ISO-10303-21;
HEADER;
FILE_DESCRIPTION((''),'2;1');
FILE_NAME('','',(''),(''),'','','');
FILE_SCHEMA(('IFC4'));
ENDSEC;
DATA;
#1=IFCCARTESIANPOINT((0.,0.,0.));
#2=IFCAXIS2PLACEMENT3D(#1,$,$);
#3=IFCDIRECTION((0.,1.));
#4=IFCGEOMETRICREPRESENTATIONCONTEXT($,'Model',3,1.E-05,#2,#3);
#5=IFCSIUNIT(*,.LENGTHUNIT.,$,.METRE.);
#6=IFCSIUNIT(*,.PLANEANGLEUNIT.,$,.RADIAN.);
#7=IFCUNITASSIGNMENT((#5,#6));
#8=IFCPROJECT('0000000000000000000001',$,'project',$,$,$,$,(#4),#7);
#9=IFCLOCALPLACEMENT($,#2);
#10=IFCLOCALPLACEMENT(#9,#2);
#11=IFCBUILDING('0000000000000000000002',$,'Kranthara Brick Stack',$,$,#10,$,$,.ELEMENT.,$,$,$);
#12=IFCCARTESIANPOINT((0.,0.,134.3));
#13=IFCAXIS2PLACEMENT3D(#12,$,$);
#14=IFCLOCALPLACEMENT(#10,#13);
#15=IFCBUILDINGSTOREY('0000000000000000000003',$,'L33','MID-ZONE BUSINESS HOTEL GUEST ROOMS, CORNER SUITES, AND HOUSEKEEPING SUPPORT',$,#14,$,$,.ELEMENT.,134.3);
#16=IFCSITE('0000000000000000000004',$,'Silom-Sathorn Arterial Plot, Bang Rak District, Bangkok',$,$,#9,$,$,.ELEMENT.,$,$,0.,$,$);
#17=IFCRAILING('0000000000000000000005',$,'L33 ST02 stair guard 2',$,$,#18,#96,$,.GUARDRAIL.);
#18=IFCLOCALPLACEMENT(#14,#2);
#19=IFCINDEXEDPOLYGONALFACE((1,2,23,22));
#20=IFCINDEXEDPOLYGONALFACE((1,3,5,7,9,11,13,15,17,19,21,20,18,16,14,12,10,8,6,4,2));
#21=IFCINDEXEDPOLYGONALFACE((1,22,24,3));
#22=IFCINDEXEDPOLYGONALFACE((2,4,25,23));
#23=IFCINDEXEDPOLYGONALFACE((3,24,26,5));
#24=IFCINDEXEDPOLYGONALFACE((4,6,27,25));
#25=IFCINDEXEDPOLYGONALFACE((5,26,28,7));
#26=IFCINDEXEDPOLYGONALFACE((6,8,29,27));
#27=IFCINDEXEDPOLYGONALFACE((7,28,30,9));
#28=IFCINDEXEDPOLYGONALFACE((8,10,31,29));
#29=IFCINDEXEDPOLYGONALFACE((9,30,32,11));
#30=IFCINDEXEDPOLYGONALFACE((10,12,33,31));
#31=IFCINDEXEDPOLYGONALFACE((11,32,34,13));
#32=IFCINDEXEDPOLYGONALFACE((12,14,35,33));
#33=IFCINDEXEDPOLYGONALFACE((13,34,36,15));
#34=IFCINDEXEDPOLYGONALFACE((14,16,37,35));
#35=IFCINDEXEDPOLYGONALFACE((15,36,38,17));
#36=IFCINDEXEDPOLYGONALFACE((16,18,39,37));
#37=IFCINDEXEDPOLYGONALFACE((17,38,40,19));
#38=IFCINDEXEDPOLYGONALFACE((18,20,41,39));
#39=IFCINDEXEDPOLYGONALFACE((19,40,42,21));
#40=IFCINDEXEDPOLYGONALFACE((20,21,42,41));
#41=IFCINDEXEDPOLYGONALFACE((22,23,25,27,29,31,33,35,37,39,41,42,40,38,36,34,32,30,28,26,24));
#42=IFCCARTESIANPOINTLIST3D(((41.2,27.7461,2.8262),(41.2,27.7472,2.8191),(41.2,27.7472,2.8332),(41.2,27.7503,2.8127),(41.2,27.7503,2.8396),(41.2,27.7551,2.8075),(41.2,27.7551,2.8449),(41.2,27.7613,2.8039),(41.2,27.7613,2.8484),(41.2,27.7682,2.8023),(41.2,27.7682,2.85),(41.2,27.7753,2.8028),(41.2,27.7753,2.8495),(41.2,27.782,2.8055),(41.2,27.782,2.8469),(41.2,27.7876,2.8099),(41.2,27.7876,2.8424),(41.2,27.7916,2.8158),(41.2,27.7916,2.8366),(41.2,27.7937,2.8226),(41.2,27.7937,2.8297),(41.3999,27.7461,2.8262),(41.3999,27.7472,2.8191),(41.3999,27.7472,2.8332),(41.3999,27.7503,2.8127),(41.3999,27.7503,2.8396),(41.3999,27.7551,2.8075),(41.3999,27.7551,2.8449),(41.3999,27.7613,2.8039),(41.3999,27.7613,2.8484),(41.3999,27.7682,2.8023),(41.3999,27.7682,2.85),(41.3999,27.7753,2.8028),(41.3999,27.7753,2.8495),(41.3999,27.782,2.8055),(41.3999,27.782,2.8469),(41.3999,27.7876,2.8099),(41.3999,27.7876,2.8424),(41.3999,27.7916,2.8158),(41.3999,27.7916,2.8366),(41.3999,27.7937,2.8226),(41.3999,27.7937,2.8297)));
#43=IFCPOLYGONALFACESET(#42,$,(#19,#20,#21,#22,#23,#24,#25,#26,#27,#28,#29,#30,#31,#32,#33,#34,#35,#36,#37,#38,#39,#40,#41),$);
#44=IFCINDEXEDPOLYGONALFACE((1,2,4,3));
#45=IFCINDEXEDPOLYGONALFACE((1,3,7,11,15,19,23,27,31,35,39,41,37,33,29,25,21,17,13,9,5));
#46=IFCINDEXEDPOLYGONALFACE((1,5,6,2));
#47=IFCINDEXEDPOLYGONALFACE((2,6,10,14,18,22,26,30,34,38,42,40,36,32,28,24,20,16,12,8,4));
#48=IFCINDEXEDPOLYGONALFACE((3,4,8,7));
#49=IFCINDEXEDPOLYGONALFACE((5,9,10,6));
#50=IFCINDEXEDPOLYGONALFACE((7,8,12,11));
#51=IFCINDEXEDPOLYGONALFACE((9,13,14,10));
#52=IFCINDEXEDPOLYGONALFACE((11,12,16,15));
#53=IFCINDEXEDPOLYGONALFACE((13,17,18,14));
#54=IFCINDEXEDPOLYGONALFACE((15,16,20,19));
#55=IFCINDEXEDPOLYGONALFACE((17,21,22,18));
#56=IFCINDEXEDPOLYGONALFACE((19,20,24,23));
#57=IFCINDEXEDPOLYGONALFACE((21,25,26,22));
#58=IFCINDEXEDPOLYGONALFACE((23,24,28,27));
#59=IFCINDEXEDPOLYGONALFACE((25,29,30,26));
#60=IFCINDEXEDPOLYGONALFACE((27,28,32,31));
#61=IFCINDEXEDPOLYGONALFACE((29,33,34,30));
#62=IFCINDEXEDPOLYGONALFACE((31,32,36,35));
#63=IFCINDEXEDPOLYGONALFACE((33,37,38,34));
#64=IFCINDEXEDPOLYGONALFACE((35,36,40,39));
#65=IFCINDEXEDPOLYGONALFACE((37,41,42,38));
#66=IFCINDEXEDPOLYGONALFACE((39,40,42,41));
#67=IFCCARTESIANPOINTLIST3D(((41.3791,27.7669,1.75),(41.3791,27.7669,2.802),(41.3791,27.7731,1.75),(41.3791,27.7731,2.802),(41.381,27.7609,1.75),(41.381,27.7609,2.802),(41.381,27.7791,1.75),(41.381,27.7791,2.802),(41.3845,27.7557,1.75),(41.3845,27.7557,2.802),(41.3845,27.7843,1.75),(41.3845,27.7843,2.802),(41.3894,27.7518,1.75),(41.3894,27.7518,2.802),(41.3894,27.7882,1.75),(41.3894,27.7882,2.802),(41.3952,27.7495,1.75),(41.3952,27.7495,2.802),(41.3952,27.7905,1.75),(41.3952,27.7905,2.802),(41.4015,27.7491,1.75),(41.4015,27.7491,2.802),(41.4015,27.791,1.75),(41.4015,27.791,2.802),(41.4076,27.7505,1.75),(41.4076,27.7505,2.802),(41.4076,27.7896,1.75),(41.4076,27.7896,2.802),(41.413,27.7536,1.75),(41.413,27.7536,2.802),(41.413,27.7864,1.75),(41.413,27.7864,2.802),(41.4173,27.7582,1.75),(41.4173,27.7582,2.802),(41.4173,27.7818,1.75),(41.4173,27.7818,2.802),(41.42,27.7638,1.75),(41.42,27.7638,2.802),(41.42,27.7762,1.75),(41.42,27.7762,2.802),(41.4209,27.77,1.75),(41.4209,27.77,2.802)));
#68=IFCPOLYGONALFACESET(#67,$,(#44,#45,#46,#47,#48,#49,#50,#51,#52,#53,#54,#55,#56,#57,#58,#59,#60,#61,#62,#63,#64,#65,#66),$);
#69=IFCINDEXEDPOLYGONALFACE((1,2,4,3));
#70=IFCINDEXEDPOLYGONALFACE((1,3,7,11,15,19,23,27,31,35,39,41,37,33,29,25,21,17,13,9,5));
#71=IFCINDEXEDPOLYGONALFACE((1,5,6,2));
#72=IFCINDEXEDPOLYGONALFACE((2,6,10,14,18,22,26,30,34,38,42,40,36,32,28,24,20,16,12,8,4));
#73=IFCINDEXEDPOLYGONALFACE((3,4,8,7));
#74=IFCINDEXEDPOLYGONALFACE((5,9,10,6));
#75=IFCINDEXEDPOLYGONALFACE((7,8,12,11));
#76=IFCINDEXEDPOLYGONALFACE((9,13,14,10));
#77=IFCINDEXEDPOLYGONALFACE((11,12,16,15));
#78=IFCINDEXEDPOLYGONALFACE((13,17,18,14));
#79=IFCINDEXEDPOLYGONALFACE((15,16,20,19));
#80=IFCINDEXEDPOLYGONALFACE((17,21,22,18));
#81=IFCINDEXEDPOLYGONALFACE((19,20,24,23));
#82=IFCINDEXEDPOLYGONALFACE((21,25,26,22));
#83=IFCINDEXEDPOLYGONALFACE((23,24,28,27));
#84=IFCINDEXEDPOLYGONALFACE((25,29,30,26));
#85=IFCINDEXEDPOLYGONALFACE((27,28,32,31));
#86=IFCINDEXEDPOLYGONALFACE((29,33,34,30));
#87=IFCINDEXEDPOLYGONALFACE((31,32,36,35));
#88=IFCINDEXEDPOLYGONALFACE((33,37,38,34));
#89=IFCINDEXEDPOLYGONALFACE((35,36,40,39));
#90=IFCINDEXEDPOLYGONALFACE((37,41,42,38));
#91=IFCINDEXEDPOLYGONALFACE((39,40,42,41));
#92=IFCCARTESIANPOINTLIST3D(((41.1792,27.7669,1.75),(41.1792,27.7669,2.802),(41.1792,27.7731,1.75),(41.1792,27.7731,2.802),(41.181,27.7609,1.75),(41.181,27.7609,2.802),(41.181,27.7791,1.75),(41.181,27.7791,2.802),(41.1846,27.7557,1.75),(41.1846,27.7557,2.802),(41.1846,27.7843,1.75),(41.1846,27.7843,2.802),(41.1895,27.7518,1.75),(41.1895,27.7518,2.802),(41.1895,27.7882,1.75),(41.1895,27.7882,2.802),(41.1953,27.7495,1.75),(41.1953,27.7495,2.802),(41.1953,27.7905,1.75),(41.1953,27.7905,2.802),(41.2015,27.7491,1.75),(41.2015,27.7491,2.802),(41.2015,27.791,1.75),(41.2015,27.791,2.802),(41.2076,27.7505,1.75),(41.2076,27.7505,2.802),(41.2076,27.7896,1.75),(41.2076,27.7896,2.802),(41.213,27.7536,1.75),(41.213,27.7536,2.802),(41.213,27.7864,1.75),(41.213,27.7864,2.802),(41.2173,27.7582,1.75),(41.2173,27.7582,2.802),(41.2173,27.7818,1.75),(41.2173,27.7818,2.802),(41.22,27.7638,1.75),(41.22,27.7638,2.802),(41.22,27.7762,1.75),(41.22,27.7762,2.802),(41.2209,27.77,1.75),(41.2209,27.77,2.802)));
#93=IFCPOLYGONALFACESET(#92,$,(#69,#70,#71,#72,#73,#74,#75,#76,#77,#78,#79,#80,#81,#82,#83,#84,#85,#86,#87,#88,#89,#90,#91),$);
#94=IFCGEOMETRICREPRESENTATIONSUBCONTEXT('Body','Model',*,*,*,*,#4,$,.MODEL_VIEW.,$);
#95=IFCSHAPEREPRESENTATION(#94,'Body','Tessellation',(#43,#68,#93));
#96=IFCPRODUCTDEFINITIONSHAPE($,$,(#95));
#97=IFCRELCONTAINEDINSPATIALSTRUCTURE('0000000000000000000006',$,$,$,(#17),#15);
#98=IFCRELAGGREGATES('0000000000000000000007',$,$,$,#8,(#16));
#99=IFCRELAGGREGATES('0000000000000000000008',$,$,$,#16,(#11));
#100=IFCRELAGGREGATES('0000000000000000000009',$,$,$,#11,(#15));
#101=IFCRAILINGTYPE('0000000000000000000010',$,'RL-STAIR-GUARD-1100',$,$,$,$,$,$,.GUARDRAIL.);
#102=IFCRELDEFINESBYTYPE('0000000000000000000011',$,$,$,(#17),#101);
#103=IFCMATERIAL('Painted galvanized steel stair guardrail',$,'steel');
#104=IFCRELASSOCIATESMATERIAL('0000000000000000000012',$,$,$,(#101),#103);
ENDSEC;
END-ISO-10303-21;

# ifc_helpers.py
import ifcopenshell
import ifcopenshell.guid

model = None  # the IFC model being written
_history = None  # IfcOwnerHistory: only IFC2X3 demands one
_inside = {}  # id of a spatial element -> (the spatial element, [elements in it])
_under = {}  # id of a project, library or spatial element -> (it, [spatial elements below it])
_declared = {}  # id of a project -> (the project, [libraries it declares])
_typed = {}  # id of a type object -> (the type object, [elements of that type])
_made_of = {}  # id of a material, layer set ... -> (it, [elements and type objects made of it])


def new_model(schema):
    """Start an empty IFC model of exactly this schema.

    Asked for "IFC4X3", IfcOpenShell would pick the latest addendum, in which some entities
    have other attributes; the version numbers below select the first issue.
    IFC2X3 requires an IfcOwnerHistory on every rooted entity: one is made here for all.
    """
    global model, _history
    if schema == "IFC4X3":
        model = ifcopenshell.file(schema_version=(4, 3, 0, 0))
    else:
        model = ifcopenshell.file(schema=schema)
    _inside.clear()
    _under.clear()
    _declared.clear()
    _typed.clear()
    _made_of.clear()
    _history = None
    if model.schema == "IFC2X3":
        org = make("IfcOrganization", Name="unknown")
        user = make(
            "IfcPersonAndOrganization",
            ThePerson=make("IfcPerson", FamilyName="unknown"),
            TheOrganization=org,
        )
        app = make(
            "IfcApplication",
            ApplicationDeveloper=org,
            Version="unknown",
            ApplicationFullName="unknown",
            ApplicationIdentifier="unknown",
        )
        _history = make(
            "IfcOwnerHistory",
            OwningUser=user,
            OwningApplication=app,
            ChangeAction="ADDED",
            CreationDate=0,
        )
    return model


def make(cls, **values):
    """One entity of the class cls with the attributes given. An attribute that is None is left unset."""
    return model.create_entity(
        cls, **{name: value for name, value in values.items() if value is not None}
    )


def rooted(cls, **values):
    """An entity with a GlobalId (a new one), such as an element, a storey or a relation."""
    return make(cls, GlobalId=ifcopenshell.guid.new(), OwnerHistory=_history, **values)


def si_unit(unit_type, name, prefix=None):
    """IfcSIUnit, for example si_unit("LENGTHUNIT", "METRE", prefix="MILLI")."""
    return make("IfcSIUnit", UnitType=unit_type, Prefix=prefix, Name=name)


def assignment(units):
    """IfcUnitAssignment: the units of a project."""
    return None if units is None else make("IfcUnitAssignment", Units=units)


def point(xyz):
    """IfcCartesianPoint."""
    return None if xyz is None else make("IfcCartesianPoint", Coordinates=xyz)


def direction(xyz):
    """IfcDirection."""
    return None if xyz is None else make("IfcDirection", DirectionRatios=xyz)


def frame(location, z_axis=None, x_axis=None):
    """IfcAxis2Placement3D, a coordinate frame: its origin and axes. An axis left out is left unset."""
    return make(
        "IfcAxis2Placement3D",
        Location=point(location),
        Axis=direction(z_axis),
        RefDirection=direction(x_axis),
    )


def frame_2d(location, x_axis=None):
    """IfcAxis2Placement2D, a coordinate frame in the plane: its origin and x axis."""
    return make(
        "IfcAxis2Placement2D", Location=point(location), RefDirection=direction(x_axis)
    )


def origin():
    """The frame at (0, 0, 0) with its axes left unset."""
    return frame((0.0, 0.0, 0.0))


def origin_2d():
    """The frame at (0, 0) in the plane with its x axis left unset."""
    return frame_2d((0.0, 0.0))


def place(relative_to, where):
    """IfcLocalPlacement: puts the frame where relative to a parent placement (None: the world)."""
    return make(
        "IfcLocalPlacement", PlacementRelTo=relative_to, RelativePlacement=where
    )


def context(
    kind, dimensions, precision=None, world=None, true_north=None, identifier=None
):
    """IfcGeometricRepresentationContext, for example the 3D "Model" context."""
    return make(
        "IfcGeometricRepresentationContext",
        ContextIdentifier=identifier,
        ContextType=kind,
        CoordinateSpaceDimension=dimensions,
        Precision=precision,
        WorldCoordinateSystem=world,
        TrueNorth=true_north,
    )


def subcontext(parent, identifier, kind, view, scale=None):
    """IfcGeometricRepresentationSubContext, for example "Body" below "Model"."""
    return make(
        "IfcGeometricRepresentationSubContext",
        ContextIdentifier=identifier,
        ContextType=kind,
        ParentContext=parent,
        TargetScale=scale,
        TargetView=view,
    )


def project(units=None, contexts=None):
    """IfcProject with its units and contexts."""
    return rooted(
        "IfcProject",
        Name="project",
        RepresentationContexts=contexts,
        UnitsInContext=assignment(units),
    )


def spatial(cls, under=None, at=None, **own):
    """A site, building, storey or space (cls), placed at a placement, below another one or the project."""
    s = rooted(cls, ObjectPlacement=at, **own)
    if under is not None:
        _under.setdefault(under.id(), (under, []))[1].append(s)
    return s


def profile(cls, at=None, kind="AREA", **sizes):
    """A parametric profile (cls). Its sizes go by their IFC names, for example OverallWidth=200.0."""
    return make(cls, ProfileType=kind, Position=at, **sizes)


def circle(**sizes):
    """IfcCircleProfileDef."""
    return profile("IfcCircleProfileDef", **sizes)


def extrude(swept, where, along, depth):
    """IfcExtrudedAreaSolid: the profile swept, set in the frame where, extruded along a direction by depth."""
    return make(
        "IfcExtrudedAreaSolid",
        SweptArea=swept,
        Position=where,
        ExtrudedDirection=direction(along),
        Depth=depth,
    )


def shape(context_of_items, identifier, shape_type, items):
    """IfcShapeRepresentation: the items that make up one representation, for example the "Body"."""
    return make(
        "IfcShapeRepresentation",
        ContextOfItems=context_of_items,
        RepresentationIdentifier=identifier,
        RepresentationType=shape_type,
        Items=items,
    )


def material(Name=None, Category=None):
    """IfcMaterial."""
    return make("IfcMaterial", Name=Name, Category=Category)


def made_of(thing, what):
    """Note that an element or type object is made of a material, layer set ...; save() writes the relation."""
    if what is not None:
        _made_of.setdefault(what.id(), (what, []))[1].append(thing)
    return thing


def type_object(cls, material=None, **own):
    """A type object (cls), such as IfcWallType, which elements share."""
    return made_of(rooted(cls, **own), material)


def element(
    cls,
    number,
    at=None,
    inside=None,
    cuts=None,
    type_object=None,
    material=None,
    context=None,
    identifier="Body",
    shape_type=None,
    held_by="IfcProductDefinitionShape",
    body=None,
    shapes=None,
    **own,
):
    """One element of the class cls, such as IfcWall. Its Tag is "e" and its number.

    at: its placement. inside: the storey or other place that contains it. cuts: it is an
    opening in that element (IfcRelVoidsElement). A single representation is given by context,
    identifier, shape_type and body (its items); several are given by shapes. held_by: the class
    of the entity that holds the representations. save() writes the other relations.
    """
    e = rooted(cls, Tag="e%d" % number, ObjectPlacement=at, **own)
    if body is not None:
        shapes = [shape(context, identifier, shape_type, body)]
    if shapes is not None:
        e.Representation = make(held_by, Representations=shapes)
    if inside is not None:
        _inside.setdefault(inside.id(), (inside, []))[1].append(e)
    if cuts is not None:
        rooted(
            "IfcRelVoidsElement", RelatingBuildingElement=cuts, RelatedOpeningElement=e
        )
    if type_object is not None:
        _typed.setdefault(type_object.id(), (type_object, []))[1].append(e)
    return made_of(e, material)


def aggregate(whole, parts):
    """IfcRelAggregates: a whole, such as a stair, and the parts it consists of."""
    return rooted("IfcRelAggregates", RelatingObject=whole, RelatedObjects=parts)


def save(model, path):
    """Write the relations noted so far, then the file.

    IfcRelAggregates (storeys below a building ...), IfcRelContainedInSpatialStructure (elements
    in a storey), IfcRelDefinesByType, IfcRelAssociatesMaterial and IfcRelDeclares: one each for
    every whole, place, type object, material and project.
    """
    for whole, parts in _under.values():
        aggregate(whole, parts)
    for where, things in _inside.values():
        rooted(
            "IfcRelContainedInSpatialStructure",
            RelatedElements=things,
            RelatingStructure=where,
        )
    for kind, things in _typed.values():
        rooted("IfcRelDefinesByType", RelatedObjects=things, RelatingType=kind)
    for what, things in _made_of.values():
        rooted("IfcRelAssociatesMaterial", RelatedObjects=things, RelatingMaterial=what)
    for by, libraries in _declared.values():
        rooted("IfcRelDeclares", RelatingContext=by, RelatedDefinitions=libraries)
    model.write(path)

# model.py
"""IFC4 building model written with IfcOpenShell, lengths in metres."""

from ifc_helpers import new_model, si_unit, direction, frame, origin, origin_2d, place, context, subcontext, project, spatial, circle, extrude, material, type_object, element, save


model = new_model("IFC4")

# Units and contexts
model_context = context("Model", 3, precision=1e-05, world=origin(), true_north=direction((0.0, 1.0)))
body_context = subcontext(model_context, "Body", "Model", "MODEL_VIEW")
ifc_project = project(units=[si_unit("LENGTHUNIT", "METRE"), si_unit("PLANEANGLEUNIT", "RADIAN")], contexts=[model_context])

# Site, building, storey
site_placement = place(None, origin())
site = spatial("IfcSite", under=ifc_project, at=site_placement, Name="Silom-Sathorn Arterial Plot, Bang Rak District, Bangkok", CompositionType="ELEMENT", RefElevation=0.0)
building_placement = place(site_placement, origin())
building = spatial("IfcBuilding", under=site, at=building_placement, Name="Kranthara Brick Stack", CompositionType="ELEMENT")
storey_placement = place(building_placement, frame((0.0, 0.0, 134.3)))
storey = spatial("IfcBuildingStorey", under=building, at=storey_placement, Name="L33", Description="MID-ZONE BUSINESS HOTEL GUEST ROOMS, CORNER SUITES, AND HOUSEKEEPING SUPPORT", CompositionType="ELEMENT", Elevation=134.3)

# Railing
ifc_material_1 = material(Name="Painted galvanized steel stair guardrail", Category="steel")
railing_type_1 = type_object("IfcRailingType", Name="RL-STAIR-GUARD-1100", PredefinedType="GUARDRAIL", material=ifc_material_1)
railing_1_placement = place(storey_placement, frame((41.3999, 27.77, 1.75)))
element("IfcRailing", 1, at=railing_1_placement, inside=storey, type_object=railing_type_1, Name="L33 ST02 stair guard 2", PredefinedType="GUARDRAIL", context=body_context, shape_type="SweptSolid", body=[
    extrude(circle(Radius=0.0239, at=origin_2d()), frame((0.0, 0.0, 1.0762), z_axis=(-1.0, 0.0, 0.0), x_axis=(0.0, -1.0, 0.0)), (0.0, 0.0, 1.0), 0.2),
    extrude(circle(Radius=0.021, at=origin_2d()), origin(), (0.0, 0.0, 1.0), 1.052),
    extrude(circle(Radius=0.021, at=origin_2d()), frame((-0.2, 0.0, 0.0)), (0.0, 0.0, 1.0), 1.052),
])

save(model, "model.ifc")
